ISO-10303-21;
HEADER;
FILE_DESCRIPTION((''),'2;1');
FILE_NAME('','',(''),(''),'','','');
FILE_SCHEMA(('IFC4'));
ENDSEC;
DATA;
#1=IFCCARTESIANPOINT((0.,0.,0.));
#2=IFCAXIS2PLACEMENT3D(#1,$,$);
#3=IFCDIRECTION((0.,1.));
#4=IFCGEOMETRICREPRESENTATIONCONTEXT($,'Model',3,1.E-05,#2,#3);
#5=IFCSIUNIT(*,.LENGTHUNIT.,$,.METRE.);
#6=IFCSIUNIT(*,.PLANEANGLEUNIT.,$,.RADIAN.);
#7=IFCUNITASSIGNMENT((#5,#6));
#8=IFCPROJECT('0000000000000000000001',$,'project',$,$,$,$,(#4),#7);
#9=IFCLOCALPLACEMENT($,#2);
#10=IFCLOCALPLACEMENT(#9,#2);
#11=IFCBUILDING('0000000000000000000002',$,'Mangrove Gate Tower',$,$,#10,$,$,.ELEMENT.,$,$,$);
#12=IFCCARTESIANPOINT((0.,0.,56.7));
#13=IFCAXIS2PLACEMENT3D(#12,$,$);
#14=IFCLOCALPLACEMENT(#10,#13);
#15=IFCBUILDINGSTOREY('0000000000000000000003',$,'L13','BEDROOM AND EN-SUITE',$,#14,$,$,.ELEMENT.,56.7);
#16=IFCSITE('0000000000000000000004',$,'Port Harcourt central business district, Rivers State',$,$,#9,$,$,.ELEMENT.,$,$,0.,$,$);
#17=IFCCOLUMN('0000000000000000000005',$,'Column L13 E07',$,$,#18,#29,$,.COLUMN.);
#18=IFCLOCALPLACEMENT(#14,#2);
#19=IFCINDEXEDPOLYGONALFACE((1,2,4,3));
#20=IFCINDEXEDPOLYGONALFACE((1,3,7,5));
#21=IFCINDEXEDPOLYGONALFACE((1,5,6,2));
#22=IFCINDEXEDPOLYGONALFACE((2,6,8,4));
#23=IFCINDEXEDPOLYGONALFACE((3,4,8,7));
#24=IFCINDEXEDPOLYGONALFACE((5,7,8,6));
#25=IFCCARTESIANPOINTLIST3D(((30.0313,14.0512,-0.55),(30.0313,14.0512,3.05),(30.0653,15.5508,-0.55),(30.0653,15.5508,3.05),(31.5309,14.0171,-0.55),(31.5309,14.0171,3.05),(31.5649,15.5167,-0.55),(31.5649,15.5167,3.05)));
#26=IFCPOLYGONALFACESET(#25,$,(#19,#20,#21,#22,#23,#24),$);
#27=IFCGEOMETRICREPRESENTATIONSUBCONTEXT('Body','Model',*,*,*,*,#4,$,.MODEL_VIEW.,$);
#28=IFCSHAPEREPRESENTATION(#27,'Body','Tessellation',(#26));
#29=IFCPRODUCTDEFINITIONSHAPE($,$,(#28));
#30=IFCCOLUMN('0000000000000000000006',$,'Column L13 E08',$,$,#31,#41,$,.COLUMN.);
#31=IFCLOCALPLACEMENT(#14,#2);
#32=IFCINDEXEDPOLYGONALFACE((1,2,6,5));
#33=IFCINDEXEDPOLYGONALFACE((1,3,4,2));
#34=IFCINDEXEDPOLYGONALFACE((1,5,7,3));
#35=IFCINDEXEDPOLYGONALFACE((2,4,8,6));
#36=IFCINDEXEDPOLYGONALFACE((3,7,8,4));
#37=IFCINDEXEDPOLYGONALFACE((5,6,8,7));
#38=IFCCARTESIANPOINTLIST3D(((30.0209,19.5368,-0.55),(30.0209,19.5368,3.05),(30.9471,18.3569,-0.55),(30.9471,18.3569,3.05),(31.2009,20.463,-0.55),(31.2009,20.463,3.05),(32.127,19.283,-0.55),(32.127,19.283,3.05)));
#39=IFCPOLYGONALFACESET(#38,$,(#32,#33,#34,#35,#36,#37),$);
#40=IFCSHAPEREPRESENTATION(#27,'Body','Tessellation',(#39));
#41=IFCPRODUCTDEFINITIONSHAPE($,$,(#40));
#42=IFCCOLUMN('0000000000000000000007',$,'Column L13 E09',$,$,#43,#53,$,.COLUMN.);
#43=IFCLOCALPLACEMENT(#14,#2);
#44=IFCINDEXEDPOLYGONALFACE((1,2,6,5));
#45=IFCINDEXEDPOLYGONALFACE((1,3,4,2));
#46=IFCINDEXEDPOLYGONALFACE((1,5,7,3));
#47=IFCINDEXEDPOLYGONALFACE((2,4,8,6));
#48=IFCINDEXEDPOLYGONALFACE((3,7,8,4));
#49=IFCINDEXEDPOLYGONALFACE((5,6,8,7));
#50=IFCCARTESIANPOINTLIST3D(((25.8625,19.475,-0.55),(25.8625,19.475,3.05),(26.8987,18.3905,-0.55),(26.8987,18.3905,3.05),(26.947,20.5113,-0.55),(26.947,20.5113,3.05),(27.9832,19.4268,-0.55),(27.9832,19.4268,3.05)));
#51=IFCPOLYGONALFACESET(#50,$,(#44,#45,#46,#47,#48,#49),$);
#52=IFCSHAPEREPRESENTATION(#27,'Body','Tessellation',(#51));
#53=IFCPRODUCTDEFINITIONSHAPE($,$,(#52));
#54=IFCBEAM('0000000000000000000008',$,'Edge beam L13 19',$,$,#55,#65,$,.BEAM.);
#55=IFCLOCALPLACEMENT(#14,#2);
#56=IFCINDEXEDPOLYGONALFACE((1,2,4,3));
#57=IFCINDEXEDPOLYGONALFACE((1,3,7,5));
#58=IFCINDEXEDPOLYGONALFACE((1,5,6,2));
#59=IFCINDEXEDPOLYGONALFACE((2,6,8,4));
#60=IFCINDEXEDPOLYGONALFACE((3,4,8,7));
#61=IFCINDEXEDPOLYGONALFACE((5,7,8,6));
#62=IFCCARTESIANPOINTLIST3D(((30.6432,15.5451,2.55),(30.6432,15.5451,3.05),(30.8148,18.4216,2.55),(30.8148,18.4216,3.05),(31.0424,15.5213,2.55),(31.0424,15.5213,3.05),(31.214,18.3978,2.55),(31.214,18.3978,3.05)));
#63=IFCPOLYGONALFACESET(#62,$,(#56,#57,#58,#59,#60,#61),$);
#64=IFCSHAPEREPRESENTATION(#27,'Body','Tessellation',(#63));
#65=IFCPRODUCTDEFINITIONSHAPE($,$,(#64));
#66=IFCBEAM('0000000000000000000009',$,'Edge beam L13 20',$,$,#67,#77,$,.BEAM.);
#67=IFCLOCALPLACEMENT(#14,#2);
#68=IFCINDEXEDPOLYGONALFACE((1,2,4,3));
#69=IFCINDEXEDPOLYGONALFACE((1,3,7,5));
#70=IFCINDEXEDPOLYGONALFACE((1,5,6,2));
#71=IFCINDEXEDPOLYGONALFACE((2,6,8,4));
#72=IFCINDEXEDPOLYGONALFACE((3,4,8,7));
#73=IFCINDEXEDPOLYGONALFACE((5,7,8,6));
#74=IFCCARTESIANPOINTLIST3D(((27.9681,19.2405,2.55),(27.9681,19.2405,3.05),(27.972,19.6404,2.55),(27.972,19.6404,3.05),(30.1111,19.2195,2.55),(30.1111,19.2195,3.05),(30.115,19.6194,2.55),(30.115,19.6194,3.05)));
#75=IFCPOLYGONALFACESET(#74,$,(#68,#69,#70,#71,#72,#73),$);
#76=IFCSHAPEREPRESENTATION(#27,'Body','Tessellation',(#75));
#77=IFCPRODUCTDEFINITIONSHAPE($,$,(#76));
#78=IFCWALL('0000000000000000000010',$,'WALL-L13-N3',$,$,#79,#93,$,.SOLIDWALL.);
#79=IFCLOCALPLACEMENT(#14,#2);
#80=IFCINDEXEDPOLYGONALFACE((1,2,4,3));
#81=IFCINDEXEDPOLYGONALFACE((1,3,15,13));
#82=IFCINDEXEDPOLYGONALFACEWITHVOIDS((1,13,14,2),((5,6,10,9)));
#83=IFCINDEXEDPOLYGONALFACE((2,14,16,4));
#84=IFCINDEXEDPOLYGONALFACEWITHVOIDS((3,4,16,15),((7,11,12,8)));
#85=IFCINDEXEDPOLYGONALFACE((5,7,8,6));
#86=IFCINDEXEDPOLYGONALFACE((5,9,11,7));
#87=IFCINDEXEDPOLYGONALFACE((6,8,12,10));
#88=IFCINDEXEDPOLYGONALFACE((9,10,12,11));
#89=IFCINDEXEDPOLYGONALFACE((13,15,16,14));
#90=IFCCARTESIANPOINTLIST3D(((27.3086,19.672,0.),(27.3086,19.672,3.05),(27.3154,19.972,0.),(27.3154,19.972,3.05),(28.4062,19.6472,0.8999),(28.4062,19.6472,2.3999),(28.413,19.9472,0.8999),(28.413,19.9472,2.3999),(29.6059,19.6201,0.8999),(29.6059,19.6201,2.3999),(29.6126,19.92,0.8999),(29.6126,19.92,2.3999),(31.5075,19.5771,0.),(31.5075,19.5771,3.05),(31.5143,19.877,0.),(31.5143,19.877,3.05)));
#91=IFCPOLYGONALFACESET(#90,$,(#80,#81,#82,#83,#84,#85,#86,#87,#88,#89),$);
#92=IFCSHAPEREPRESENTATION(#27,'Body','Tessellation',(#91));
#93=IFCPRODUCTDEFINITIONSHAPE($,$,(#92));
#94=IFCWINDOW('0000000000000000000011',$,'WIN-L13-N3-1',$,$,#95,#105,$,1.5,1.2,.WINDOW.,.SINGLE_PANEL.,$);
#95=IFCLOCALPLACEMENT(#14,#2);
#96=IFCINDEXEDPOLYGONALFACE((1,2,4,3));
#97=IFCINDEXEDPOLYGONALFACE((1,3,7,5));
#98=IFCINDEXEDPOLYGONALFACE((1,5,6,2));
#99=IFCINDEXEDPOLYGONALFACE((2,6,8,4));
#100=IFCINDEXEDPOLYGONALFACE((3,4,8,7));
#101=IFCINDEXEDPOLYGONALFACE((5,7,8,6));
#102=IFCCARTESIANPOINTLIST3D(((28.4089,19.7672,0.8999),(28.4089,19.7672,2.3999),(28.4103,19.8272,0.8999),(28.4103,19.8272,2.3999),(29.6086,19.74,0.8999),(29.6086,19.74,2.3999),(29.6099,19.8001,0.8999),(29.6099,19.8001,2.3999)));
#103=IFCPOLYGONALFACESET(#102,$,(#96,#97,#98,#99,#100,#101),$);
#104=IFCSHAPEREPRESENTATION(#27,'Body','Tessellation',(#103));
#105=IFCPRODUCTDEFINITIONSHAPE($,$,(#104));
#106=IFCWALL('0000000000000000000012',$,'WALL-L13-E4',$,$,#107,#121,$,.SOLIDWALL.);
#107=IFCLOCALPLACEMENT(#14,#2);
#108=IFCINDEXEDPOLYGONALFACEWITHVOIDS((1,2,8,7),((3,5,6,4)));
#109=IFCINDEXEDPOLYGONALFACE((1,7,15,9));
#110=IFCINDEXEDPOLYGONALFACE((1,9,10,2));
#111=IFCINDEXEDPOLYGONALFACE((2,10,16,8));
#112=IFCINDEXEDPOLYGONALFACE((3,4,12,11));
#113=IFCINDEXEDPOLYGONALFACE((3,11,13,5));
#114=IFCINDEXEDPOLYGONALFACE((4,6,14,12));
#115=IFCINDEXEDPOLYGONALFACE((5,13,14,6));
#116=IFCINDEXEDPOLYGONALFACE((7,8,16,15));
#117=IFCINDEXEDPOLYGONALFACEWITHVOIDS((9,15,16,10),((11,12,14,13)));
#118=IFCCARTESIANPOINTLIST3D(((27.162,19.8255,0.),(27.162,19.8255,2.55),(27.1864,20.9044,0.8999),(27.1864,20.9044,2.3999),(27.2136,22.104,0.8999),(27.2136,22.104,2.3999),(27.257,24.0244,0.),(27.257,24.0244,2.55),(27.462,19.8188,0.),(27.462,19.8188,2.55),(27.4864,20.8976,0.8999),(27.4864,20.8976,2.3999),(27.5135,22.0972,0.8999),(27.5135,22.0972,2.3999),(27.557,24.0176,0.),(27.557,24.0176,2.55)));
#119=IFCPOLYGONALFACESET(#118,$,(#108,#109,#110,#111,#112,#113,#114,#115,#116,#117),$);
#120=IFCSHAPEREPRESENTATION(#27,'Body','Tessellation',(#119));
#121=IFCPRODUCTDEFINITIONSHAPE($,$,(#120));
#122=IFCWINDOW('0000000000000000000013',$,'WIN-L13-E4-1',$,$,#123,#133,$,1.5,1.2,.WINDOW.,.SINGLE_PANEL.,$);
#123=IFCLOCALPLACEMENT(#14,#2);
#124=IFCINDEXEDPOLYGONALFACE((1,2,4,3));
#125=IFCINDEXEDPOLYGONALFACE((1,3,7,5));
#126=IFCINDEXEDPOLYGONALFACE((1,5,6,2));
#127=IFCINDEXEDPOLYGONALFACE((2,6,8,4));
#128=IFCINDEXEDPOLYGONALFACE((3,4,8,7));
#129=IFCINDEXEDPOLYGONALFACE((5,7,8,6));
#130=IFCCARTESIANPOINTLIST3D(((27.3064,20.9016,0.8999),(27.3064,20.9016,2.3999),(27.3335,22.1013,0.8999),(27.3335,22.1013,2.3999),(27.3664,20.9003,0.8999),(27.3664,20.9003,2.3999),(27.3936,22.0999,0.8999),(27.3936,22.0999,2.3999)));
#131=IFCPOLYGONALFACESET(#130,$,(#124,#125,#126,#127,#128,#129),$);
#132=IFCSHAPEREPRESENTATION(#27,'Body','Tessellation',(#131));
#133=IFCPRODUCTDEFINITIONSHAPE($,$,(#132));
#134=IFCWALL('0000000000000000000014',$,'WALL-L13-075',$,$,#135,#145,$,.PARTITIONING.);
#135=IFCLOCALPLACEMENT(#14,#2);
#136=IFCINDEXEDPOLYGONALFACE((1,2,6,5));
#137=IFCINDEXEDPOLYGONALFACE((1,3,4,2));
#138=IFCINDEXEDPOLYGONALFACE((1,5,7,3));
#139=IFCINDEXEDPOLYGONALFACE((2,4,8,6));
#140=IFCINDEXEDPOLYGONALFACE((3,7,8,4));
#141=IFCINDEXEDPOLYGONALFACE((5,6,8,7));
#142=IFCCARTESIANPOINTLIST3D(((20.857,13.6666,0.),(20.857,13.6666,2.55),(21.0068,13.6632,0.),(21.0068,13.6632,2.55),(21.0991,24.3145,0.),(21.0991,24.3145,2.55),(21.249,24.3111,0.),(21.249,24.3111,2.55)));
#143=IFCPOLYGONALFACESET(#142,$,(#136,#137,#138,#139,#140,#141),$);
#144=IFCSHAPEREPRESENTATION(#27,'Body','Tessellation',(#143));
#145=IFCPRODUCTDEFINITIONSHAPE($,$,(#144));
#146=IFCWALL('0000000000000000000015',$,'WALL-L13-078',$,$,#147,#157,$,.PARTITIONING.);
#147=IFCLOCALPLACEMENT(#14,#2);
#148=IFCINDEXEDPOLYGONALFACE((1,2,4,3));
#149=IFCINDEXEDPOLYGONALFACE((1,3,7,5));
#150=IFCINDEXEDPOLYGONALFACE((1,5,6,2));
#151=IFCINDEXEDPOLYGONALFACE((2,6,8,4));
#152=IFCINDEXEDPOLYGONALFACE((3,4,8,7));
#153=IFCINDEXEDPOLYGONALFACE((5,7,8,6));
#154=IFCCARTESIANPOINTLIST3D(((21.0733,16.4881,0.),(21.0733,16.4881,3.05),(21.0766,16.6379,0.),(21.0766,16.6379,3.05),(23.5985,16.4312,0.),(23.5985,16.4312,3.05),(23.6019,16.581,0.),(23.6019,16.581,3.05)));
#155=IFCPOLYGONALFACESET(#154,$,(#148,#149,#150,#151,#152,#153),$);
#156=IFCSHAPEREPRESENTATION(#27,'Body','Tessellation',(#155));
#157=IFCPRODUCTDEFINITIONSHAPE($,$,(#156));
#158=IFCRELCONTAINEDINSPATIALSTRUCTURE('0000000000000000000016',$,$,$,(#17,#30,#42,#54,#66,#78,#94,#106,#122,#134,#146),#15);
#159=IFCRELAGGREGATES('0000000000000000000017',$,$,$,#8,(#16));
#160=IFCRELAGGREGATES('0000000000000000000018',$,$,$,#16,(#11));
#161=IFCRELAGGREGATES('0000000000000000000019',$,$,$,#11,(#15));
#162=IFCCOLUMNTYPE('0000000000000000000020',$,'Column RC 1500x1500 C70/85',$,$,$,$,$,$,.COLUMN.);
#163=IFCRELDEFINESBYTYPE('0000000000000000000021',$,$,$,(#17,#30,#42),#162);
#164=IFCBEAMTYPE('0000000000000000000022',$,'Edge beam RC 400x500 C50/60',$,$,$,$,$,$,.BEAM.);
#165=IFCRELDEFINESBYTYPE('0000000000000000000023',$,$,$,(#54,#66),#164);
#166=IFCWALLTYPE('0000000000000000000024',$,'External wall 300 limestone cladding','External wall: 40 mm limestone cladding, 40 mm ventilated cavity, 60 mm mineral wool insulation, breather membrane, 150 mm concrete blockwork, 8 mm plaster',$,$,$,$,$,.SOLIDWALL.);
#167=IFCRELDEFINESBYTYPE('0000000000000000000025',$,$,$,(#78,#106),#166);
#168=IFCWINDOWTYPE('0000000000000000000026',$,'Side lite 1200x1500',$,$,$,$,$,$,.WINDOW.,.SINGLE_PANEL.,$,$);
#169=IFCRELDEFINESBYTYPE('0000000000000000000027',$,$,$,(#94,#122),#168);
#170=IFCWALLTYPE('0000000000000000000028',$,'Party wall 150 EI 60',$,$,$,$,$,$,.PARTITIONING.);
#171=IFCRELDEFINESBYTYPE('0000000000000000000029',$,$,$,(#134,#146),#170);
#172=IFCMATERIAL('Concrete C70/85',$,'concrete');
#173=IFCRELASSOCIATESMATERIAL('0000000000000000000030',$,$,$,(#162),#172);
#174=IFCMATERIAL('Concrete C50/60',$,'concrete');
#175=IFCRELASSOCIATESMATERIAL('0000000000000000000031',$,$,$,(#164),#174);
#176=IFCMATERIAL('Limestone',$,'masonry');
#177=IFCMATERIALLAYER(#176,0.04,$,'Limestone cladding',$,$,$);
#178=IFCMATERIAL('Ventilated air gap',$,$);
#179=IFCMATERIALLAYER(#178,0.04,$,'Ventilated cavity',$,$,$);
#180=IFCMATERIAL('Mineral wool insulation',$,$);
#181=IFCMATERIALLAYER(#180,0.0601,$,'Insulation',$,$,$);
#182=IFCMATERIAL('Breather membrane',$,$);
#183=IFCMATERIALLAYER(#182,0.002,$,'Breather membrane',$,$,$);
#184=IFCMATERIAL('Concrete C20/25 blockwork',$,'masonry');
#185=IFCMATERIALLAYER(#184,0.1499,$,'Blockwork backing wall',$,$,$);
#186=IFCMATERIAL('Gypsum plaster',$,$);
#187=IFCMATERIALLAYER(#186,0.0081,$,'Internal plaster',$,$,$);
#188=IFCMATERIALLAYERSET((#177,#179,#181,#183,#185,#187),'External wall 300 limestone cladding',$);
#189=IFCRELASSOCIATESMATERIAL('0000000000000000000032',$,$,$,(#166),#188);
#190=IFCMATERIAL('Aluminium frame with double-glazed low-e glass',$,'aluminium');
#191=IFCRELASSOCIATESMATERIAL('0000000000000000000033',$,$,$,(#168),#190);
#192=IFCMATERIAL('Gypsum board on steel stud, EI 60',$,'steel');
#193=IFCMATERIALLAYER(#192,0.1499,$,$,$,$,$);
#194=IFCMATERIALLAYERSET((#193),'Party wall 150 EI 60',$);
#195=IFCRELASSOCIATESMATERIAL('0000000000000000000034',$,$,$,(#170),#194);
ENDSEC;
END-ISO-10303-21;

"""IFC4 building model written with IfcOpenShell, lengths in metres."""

from ifc_helpers import new_model, si_unit, direction, frame, frame_2d, origin, origin_2d, place, context, subcontext, project, spatial, rectangle, extrude, material, layer, layer_set, material_profile, profile_set, type_object, element, fill, save


model = new_model("IFC4")

# Units and contexts
model_context = context("Model", 3, precision=1e-05, world=origin(), true_north=direction((0.0, 1.0)))
body_context = subcontext(model_context, "Body", "Model", "MODEL_VIEW")
ifc_project = project(units=[si_unit("LENGTHUNIT", "METRE"), si_unit("PLANEANGLEUNIT", "RADIAN")], contexts=[model_context])

# Site, building, storey
site_placement = place(None, origin())
site = spatial("IfcSite", under=ifc_project, at=site_placement, Name="Port Harcourt central business district, Rivers State", CompositionType="ELEMENT", RefElevation=0.0)
building_placement = place(site_placement, origin())
building = spatial("IfcBuilding", under=site, at=building_placement, Name="Mangrove Gate Tower", CompositionType="ELEMENT")
storey_placement = place(building_placement, frame((0.0, 0.0, 56.7)))
storey = spatial("IfcBuildingStorey", under=building, at=storey_placement, Name="L13", Description="BEDROOM AND EN-SUITE", CompositionType="ELEMENT", Elevation=56.7)

# Columns
ifc_material_1 = material(Name="Concrete C70/85", Category="concrete")
ifc_material_profile_1 = material_profile(ifc_material_1, rectangle(XDim=1.5, YDim=1.5, at=origin_2d()))
ifc_profile_set_1 = profile_set([ifc_material_profile_1], Name="Concrete C70/85")
column_type = type_object("IfcColumnType", Name="Column RC 1500x1500 C70/85", PredefinedType="COLUMN", material=ifc_profile_set_1)
for number, where, z_axis, x_axis, name in (
    (1, (30.7981, 14.7839, -0.55), (0.0, 0.0, 1.0), (0.02271, 0.999742, 0.0), "Column L13 E07"),
    (2, (31.074, 19.4099, -0.55), (0.0, 0.0, 1.0), (-0.617421, 0.786633, 0.0), "Column L13 E08"),
    (3, (26.9229, 19.4509, -0.55), (0.0, 0.0, 1.0), (-0.690848, 0.723, 0.0), "Column L13 E09"),
):
    element("IfcColumn", number, at=place(storey_placement, frame(where, z_axis=z_axis, x_axis=x_axis)), inside=storey, type_object=column_type, Name=name, PredefinedType="COLUMN", context=body_context, shape_type="SweptSolid", body=[
        extrude(rectangle(XDim=1.5, YDim=1.5, at=origin_2d()), origin(), (0.0, 0.0, 1.0), 3.6001),
    ])

# Beams
ifc_material_2 = material(Name="Concrete C50/60", Category="concrete")
ifc_material_profile_2 = material_profile(ifc_material_2, rectangle(XDim=0.3999, YDim=0.5, at=origin_2d()))
ifc_profile_set_2 = profile_set([ifc_material_profile_2], Name="Concrete C50/60")
beam_type = type_object("IfcBeamType", Name="Edge beam RC 400x500 C50/60", PredefinedType="BEAM", material=ifc_profile_set_2)
beam_1_placement = place(storey_placement, frame((30.8428, 15.5332, 2.8), z_axis=(0.059561, 0.998225, 0.0), x_axis=(-0.998225, 0.059561, 0.0)))
element("IfcBeam", 4, at=beam_1_placement, inside=storey, type_object=beam_type, Name="Edge beam L13 19", PredefinedType="BEAM", context=body_context, shape_type="SweptSolid", body=[
    extrude(rectangle(XDim=0.3999, YDim=0.5, at=origin_2d()), origin(), (0.0, 0.0, 1.0), 2.8816),
])
beam_2_placement = place(storey_placement, frame((30.113, 19.4194, 2.8), z_axis=(-0.999952, 0.009797, 0.0), x_axis=(-0.009797, -0.999952, 0.0)))
element("IfcBeam", 5, at=beam_2_placement, inside=storey, type_object=beam_type, Name="Edge beam L13 20", PredefinedType="BEAM", context=body_context, shape_type="SweptSolid", body=[
    extrude(rectangle(XDim=0.3999, YDim=0.5, at=origin_2d()), origin(), (0.0, 0.0, 1.0), 2.1431),
])

# Walls, openings, windows
ifc_material_3 = material(Name="Limestone", Category="masonry")
ifc_layer_1 = layer(ifc_material_3, 0.04, Name="Limestone cladding")
ifc_material_4 = material(Name="Ventilated air gap")
ifc_layer_2 = layer(ifc_material_4, 0.04, Name="Ventilated cavity")
ifc_material_5 = material(Name="Mineral wool insulation")
ifc_layer_3 = layer(ifc_material_5, 0.0601, Name="Insulation")
ifc_material_6 = material(Name="Breather membrane")
ifc_layer_4 = layer(ifc_material_6, 0.002, Name="Breather membrane")
ifc_material_7 = material(Name="Concrete C20/25 blockwork", Category="masonry")
ifc_layer_5 = layer(ifc_material_7, 0.1499, Name="Blockwork backing wall")
ifc_material_8 = material(Name="Gypsum plaster")
ifc_layer_6 = layer(ifc_material_8, 0.0081, Name="Internal plaster")
ifc_layer_set_1 = layer_set([ifc_layer_1, ifc_layer_2, ifc_layer_3, ifc_layer_4, ifc_layer_5, ifc_layer_6], Name="External wall 300 limestone cladding")
wall_type_1 = type_object("IfcWallType", Name="External wall 300 limestone cladding", Description="External wall: 40 mm limestone cladding, 40 mm ventilated cavity, 60 mm mineral wool insulation, breather membrane, 150 mm concrete blockwork, 8 mm plaster", PredefinedType="SOLIDWALL", material=ifc_layer_set_1)
wall_1_placement = place(storey_placement, frame((31.511, 19.7271, 0.0), z_axis=(0.0, 0.0, 1.0), x_axis=(-0.999744, 0.022612, 0.0)))
wall_1 = element("IfcWall", 6, at=wall_1_placement, inside=storey, type_object=wall_type_1, Name="WALL-L13-N3", PredefinedType="SOLIDWALL", context=body_context, shape_type="SweptSolid", body=[
    extrude(rectangle(XDim=4.2, YDim=0.3, at=frame_2d((2.1001, 0.0))), origin(), (0.0, 0.0, 1.0), 3.05),
])
opening_1_placement = place(wall_1_placement, frame((1.9021, 0.0, 0.8999)))
opening_1 = element("IfcOpeningElement", 7, at=opening_1_placement, cuts=wall_1, PredefinedType="OPENING", context=body_context, shape_type="SweptSolid", body=[
    extrude(rectangle(XDim=1.2, YDim=1.5, at=frame_2d((0.6001, 0.75))), frame((0.0, 0.1599, 0.0), z_axis=(0.0, -1.0, 0.0), x_axis=(1.0, 0.0, 0.0)), (0.0, 0.0, 1.0), 0.3201),
])
ifc_material_9 = material(Name="Aluminium frame with double-glazed low-e glass", Category="aluminium")
window_type = type_object("IfcWindowType", Name="Side lite 1200x1500", PartitioningType="SINGLE_PANEL", PredefinedType="WINDOW", material=ifc_material_9)
window_1_placement = place(opening_1_placement, origin())
window_1 = element("IfcWindow", 8, at=window_1_placement, inside=storey, type_object=window_type, Name="WIN-L13-N3-1", OverallHeight=1.5, OverallWidth=1.2, PartitioningType="SINGLE_PANEL", PredefinedType="WINDOW", context=body_context, shape_type="SweptSolid", body=[
    extrude(rectangle(XDim=1.2, YDim=1.5, at=frame_2d((0.6001, 0.75))), frame((0.0, 0.03, 0.0), z_axis=(0.0, -1.0, 0.0), x_axis=(1.0, 0.0, 0.0)), (0.0, 0.0, 1.0), 0.0601),
])
fill(opening_1, window_1)
wall_2_placement = place(storey_placement, frame((27.312, 19.822, 0.0), z_axis=(0.0, 0.0, 1.0), x_axis=(0.022612, 0.999744, 0.0)))
wall_2 = element("IfcWall", 9, at=wall_2_placement, inside=storey, type_object=wall_type_1, Name="WALL-L13-E4", PredefinedType="SOLIDWALL", context=body_context, shape_type="SweptSolid", body=[
    extrude(rectangle(XDim=4.2, YDim=0.3, at=frame_2d((2.1001, 0.0))), origin(), (0.0, 0.0, 1.0), 2.55),
])
opening_2_placement = place(wall_2_placement, frame((1.0791, 0.0, 0.8999)))
opening_2 = element("IfcOpeningElement", 10, at=opening_2_placement, cuts=wall_2, PredefinedType="OPENING", context=body_context, shape_type="SweptSolid", body=[
    extrude(rectangle(XDim=1.2, YDim=1.5, at=frame_2d((0.6001, 0.75))), frame((0.0, 0.1599, 0.0), z_axis=(0.0, -1.0, 0.0), x_axis=(1.0, 0.0, 0.0)), (0.0, 0.0, 1.0), 0.3201),
])
window_2_placement = place(opening_2_placement, origin())
window_2 = element("IfcWindow", 11, at=window_2_placement, inside=storey, type_object=window_type, Name="WIN-L13-E4-1", OverallHeight=1.5, OverallWidth=1.2, PartitioningType="SINGLE_PANEL", PredefinedType="WINDOW", context=body_context, shape_type="SweptSolid", body=[
    extrude(rectangle(XDim=1.2, YDim=1.5, at=frame_2d((0.6001, 0.75))), frame((0.0, 0.03, 0.0), z_axis=(0.0, -1.0, 0.0), x_axis=(1.0, 0.0, 0.0)), (0.0, 0.0, 1.0), 0.0601),
])
fill(opening_2, window_2)

# Walls
ifc_material_10 = material(Name="Gypsum board on steel stud, EI 60", Category="steel")
ifc_layer_7 = layer(ifc_material_10, 0.1499)
ifc_layer_set_2 = layer_set([ifc_layer_7], Name="Party wall 150 EI 60")
wall_type_2 = type_object("IfcWallType", Name="Party wall 150 EI 60", PredefinedType="PARTITIONING", material=ifc_layer_set_2)
wall_3_placement = place(storey_placement, frame((20.9319, 13.665, 0.0), z_axis=(0.0, 0.0, 1.0), x_axis=(0.022739, 0.999741, 0.0)))
element("IfcWall", 12, at=wall_3_placement, inside=storey, type_object=wall_type_2, Name="WALL-L13-075", PredefinedType="PARTITIONING", context=body_context, shape_type="SweptSolid", body=[
    extrude(rectangle(XDim=10.6506, YDim=0.1499, at=frame_2d((5.3252, 0.0))), origin(), (0.0, 0.0, 1.0), 2.55),
])
wall_4_placement = place(storey_placement, frame((21.075, 16.563, 0.0), z_axis=(0.0, 0.0, 1.0), x_axis=(0.999746, -0.022522, 0.0)))
element("IfcWall", 13, at=wall_4_placement, inside=storey, type_object=wall_type_2, Name="WALL-L13-078", PredefinedType="PARTITIONING", context=body_context, shape_type="SweptSolid", body=[
    extrude(rectangle(XDim=2.5259, YDim=0.1499, at=frame_2d((1.2629, 0.0))), origin(), (0.0, 0.0, 1.0), 3.05),
])

save(model, "model.ifc")
